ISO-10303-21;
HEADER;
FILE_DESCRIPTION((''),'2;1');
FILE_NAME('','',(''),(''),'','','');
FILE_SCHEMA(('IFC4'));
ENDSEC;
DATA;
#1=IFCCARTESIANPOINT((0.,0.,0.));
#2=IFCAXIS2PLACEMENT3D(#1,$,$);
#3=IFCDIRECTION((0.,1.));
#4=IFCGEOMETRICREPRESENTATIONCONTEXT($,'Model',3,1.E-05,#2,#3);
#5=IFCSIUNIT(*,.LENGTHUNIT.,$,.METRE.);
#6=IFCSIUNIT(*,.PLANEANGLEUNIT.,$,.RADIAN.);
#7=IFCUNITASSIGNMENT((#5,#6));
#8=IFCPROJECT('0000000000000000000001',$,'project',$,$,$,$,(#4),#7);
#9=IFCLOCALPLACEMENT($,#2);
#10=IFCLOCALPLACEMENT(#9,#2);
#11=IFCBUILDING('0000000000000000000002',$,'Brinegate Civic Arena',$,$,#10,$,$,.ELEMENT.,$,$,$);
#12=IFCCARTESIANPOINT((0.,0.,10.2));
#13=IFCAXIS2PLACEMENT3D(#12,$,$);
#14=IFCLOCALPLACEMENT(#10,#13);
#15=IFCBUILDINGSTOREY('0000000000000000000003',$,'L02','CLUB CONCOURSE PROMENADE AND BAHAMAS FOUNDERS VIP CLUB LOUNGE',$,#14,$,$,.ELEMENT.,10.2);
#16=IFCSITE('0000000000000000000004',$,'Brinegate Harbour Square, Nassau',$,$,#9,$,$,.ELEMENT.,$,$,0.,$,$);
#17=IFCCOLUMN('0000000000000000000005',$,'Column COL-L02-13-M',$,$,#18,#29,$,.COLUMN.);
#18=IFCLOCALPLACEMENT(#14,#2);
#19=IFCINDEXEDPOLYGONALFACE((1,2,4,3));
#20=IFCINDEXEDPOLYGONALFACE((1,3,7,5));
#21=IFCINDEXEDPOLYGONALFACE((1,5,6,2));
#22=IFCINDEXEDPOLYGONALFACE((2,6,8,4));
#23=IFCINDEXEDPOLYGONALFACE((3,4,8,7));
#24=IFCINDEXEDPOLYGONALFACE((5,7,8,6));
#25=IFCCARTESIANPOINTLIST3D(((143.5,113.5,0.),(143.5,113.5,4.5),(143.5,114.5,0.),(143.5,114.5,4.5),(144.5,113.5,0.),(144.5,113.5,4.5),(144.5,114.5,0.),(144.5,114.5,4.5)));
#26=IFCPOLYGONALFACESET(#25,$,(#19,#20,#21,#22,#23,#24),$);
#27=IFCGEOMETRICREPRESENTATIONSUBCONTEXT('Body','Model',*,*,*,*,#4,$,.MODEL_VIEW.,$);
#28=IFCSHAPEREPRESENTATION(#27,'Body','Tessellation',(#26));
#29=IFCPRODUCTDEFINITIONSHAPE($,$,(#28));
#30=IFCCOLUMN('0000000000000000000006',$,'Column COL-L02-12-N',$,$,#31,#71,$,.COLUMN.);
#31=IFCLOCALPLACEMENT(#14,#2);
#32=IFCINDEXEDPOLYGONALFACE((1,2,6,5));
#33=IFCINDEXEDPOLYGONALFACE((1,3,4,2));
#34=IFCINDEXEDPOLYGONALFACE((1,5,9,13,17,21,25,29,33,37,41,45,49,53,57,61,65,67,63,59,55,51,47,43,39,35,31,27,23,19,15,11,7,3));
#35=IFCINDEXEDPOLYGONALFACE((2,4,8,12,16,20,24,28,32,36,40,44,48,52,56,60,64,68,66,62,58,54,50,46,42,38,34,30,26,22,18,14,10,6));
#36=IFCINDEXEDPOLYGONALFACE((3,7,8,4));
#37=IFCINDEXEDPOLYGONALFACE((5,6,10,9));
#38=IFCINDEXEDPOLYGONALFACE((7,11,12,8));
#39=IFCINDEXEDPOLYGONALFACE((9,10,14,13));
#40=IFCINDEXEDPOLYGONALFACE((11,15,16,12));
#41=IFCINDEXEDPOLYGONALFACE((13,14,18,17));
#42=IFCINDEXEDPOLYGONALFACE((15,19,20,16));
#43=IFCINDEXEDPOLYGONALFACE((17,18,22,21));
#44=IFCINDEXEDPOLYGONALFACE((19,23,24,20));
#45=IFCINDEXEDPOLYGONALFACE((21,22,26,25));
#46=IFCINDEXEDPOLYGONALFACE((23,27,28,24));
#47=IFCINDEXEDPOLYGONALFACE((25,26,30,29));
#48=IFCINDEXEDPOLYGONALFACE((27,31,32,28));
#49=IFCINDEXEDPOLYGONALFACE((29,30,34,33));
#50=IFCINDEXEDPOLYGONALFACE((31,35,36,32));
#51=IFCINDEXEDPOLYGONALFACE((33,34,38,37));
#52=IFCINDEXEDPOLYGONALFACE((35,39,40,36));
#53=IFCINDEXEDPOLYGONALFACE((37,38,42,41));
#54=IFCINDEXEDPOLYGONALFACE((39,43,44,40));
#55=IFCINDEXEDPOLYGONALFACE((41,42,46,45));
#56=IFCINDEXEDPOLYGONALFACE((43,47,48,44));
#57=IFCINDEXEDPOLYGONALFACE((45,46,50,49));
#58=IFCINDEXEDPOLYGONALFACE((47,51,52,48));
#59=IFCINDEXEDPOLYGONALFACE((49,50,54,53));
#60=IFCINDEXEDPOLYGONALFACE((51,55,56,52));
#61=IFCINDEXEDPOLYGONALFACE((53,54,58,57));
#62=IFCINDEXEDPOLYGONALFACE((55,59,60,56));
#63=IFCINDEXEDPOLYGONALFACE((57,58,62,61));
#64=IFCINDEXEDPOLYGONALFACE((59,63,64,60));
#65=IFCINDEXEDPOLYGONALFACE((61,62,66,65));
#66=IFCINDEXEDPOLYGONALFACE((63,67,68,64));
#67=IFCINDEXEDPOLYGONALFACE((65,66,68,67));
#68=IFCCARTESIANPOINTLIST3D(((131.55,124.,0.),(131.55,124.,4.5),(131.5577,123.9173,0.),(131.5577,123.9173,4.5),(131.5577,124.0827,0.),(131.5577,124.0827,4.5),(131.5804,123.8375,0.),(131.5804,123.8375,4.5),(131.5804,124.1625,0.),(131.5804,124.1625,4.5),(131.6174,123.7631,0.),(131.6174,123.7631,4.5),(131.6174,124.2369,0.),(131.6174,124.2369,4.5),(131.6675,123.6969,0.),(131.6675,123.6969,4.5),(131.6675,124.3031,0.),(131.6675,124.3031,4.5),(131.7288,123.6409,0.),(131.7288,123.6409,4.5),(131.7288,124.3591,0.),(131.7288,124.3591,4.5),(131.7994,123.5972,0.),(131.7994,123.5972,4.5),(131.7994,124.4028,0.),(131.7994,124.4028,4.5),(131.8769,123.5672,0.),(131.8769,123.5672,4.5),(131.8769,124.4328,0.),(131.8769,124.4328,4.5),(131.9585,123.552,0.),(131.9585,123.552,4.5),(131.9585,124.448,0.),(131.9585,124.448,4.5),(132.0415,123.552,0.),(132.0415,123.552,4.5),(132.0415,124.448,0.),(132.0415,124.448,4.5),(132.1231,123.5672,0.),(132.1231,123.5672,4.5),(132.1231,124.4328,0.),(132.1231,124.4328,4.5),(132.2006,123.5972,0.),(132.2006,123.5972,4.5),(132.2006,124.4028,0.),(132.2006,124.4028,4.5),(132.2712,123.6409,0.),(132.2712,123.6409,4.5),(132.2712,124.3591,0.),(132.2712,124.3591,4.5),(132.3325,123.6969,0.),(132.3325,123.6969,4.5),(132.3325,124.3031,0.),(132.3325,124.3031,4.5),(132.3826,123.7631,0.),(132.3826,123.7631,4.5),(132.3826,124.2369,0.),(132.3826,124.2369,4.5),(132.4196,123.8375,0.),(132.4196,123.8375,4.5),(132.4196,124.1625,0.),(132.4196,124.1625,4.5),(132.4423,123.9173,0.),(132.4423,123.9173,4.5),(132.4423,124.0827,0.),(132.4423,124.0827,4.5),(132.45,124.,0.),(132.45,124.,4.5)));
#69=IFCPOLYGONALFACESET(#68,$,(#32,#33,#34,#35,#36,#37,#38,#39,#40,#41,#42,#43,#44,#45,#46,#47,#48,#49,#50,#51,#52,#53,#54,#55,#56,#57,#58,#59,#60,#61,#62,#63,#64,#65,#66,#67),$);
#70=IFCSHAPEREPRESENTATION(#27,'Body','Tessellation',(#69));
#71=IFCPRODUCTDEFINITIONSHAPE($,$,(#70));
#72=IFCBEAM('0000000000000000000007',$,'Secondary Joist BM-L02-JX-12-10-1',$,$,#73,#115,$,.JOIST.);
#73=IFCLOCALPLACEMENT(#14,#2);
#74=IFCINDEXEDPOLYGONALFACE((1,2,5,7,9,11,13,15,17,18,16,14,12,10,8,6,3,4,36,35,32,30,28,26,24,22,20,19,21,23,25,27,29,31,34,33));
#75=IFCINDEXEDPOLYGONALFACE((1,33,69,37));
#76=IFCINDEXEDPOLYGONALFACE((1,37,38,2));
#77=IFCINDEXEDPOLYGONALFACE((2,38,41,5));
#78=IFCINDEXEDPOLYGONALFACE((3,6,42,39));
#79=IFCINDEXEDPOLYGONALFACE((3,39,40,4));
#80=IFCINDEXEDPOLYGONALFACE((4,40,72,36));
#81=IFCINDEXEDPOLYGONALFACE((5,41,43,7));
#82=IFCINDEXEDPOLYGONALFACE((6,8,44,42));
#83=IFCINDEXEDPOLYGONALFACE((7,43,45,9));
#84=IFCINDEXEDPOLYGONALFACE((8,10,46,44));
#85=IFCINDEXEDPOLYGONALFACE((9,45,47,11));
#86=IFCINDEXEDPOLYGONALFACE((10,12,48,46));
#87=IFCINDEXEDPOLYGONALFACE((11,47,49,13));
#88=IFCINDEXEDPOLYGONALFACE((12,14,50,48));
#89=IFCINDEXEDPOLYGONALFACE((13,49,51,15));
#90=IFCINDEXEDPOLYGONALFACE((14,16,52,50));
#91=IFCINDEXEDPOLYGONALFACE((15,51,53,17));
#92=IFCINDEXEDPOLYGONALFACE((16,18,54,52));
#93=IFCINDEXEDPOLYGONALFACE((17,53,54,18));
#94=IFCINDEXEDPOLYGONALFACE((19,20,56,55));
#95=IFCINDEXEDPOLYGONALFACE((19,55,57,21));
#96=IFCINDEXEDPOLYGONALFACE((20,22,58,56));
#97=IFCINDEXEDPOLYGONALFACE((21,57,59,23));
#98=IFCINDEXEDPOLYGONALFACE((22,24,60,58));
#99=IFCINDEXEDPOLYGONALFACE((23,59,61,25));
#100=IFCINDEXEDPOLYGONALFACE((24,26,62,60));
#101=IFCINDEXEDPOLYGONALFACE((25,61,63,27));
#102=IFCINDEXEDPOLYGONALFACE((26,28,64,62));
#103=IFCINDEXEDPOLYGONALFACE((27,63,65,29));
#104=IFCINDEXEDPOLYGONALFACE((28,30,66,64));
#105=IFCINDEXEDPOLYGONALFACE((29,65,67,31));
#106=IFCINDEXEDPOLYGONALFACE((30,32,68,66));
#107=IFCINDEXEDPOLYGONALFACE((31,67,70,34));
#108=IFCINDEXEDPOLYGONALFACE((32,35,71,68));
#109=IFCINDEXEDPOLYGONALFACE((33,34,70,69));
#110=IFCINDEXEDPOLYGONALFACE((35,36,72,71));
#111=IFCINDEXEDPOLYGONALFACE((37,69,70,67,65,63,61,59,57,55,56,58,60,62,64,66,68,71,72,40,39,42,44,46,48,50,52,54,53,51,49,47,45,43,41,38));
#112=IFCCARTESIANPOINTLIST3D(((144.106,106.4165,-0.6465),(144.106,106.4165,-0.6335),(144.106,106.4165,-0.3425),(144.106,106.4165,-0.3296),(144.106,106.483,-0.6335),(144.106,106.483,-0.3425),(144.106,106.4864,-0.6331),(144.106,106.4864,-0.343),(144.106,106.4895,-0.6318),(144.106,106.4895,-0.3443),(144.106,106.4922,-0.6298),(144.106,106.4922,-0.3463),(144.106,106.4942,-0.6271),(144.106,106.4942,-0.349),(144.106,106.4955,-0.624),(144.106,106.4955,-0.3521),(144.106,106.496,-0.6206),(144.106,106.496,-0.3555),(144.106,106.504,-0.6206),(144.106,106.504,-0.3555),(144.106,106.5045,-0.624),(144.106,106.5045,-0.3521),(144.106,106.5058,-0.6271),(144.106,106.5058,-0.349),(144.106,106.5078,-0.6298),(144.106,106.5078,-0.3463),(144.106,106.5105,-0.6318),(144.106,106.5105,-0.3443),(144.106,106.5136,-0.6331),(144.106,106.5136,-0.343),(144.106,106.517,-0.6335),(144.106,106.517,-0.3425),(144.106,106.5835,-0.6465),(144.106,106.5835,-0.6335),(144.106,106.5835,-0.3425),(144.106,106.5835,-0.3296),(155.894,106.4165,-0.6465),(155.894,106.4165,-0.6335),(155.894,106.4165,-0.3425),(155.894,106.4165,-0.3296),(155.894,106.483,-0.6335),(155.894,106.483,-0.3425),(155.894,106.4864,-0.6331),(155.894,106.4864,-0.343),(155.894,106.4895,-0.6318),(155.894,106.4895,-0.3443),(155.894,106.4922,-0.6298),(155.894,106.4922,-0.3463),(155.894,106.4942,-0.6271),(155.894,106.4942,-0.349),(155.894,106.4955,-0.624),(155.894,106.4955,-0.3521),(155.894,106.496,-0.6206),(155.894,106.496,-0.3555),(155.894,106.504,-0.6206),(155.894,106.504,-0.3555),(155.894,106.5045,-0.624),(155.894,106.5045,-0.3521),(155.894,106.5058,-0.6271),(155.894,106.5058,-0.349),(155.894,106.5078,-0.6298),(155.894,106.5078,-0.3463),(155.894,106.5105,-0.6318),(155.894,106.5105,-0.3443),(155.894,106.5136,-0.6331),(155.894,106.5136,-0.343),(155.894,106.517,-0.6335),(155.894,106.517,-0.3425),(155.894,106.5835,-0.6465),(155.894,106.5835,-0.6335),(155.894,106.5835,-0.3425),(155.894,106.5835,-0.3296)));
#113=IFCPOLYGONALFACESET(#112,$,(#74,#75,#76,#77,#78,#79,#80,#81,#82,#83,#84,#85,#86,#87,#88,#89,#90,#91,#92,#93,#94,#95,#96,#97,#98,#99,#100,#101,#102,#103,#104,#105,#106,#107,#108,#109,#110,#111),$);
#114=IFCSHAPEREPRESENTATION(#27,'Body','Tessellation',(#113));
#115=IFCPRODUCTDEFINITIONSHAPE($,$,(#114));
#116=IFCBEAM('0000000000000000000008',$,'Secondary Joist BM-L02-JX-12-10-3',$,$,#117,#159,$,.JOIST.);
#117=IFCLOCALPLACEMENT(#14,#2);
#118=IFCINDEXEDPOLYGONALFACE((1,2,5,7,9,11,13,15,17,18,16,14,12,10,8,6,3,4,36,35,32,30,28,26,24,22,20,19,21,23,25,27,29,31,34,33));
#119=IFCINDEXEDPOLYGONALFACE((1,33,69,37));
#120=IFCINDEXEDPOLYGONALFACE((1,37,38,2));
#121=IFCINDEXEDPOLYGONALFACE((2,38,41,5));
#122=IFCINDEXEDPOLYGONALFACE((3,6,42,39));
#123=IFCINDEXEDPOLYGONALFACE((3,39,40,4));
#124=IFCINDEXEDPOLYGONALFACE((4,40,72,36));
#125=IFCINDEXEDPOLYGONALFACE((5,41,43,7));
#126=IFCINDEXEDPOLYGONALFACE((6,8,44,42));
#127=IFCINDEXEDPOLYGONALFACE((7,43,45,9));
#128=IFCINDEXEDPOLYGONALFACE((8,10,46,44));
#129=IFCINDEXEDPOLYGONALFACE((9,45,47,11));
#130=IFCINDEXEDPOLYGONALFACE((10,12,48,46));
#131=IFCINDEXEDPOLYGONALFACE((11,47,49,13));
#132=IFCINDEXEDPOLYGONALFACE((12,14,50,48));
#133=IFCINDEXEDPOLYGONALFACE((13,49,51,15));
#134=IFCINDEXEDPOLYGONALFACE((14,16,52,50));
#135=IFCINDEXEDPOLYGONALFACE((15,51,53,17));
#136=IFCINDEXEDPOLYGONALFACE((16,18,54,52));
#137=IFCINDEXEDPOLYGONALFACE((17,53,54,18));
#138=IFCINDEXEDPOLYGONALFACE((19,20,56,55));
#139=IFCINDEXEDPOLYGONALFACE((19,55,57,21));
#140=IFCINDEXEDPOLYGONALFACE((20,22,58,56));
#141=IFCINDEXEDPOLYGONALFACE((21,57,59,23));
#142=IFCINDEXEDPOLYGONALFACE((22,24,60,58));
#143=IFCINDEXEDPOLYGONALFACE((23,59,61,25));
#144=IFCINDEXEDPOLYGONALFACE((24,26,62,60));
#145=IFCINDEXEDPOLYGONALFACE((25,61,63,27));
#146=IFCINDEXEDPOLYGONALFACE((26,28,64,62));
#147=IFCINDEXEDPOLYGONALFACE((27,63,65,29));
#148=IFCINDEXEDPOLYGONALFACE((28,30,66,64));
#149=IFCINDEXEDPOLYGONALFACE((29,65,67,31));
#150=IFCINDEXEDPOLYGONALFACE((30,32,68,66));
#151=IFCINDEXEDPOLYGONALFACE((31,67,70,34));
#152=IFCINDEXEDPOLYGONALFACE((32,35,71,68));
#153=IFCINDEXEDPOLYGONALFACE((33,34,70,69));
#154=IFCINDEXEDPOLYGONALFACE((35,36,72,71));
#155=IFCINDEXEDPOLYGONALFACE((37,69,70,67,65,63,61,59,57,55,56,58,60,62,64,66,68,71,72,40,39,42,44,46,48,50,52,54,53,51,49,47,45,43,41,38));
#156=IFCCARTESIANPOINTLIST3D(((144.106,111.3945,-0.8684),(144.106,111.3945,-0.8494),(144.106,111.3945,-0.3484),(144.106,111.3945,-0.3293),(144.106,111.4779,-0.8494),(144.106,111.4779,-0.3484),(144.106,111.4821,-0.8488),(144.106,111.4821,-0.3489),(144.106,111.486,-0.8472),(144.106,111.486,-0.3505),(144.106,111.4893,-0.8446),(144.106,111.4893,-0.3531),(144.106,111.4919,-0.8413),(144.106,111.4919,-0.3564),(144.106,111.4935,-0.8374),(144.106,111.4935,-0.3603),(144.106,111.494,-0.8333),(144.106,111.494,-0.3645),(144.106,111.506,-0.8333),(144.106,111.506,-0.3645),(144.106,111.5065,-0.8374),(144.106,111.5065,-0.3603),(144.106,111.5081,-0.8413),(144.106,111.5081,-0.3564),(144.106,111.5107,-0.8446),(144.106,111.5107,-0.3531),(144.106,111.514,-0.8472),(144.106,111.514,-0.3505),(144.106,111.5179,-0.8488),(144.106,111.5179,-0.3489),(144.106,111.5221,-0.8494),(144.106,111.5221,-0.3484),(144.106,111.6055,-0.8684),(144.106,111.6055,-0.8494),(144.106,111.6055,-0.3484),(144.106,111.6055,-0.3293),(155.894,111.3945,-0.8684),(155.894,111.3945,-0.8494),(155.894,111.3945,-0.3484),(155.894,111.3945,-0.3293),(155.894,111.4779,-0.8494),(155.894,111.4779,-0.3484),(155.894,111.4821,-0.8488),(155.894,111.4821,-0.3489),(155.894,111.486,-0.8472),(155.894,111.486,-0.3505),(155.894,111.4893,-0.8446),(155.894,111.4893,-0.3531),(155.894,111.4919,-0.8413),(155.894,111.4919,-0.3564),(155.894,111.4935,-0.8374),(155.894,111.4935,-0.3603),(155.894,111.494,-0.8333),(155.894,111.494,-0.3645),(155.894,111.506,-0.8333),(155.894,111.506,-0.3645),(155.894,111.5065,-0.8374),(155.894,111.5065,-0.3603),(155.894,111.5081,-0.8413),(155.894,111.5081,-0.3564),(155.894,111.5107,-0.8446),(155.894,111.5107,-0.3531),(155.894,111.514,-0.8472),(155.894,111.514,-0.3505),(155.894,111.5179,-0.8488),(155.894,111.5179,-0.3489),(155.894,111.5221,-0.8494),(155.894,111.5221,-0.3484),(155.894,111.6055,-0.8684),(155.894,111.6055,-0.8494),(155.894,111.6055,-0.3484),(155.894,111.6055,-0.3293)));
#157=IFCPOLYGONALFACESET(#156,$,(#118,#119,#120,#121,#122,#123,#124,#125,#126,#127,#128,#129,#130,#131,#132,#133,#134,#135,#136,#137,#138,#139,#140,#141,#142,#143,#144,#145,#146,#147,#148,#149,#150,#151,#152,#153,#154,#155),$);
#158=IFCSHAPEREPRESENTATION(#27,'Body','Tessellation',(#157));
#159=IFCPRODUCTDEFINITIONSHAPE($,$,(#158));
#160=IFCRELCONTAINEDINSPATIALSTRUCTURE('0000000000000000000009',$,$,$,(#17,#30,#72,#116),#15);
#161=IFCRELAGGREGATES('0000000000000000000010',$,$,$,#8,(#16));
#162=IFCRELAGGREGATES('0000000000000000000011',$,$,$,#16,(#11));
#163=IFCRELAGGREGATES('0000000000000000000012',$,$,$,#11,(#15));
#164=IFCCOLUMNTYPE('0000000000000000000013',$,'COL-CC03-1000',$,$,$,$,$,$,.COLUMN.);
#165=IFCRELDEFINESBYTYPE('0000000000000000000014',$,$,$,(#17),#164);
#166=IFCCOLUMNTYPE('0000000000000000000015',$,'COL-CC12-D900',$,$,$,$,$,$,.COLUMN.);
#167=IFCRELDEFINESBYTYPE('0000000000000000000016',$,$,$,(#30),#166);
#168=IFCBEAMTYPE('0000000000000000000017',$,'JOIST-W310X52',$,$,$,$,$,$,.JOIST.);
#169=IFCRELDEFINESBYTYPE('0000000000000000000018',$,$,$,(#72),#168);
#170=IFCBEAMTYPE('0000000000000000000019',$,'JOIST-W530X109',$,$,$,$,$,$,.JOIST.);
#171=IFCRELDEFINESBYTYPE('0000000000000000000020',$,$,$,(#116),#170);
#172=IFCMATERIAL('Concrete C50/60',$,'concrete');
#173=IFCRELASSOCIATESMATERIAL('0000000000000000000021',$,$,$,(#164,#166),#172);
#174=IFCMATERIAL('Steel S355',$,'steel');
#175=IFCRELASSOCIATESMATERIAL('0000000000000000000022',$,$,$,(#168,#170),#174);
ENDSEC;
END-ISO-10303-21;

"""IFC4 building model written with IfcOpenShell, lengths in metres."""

from ifc_helpers import new_model, si_unit, direction, frame, origin, origin_2d, place, context, subcontext, project, spatial, rectangle, circle, i_section, extrude, material, material_profile, profile_set, type_object, element, save


model = new_model("IFC4")

# Units and contexts
model_context = context("Model", 3, precision=1e-05, world=origin(), true_north=direction((0.0, 1.0)))
body_context = subcontext(model_context, "Body", "Model", "MODEL_VIEW")
ifc_project = project(units=[si_unit("LENGTHUNIT", "METRE"), si_unit("PLANEANGLEUNIT", "RADIAN")], contexts=[model_context])

# Site, building, storey
site_placement = place(None, origin())
site = spatial("IfcSite", under=ifc_project, at=site_placement, Name="Brinegate Harbour Square, Nassau", CompositionType="ELEMENT", RefElevation=0.0)
building_placement = place(site_placement, origin())
building = spatial("IfcBuilding", under=site, at=building_placement, Name="Brinegate Civic Arena", CompositionType="ELEMENT")
storey_placement = place(building_placement, frame((0.0, 0.0, 10.2)))
storey = spatial("IfcBuildingStorey", under=building, at=storey_placement, Name="L02", Description="CLUB CONCOURSE PROMENADE AND BAHAMAS FOUNDERS VIP CLUB LOUNGE", CompositionType="ELEMENT", Elevation=10.2)

# Columns
ifc_material_1 = material(Name="Concrete C50/60", Category="concrete")
ifc_material_profile_1 = material_profile(ifc_material_1, rectangle(XDim=1.0, YDim=1.0, at=origin_2d()), Name="RC1000X1000")
ifc_profile_set_1 = profile_set([ifc_material_profile_1], Name="Concrete C50/60")
column_type_1 = type_object("IfcColumnType", Name="COL-CC03-1000", PredefinedType="COLUMN", material=ifc_profile_set_1)
column_1_placement = place(storey_placement, frame((144.0, 114.0, 0.0), z_axis=(0.0, 0.0, 1.0), x_axis=(1.0, 0.0, 0.0)))
element("IfcColumn", 1, at=column_1_placement, inside=storey, type_object=column_type_1, Name="Column COL-L02-13-M", PredefinedType="COLUMN", context=body_context, shape_type="SweptSolid", body=[
    extrude(rectangle(XDim=1.0, YDim=1.0, at=origin_2d()), origin(), (0.0, 0.0, 1.0), 4.5),
])
ifc_material_profile_2 = material_profile(ifc_material_1, circle(Radius=0.45, at=origin_2d()), Name="RCD900")
ifc_profile_set_2 = profile_set([ifc_material_profile_2], Name="Concrete C50/60")
column_type_2 = type_object("IfcColumnType", Name="COL-CC12-D900", PredefinedType="COLUMN", material=ifc_profile_set_2)
column_2_placement = place(storey_placement, frame((132.0, 124.0, 0.0), z_axis=(0.0, 0.0, 1.0), x_axis=(1.0, 0.0, 0.0)))
element("IfcColumn", 2, at=column_2_placement, inside=storey, type_object=column_type_2, Name="Column COL-L02-12-N", PredefinedType="COLUMN", context=body_context, shape_type="SweptSolid", body=[
    extrude(circle(Radius=0.45, at=origin_2d()), origin(), (0.0, 0.0, 1.0), 4.5),
])

# Beams
ifc_material_2 = material(Name="Steel S355", Category="steel")
ifc_material_profile_3 = material_profile(ifc_material_2, i_section(OverallWidth=0.167, OverallDepth=0.3169, WebThickness=0.0081, FlangeThickness=0.0129, FilletRadius=0.0129, at=origin_2d()), Name="W310X52")
ifc_profile_set_3 = profile_set([ifc_material_profile_3], Name="Steel S355")
beam_type_1 = type_object("IfcBeamType", Name="JOIST-W310X52", PredefinedType="JOIST", material=ifc_profile_set_3)
beam_1_placement = place(storey_placement, frame((144.106, 106.5, -0.488), z_axis=(1.0, 0.0, 0.0), x_axis=(0.0, 1.0, 0.0)))
element("IfcBeam", 3, at=beam_1_placement, inside=storey, type_object=beam_type_1, Name="Secondary Joist BM-L02-JX-12-10-1", PredefinedType="JOIST", context=body_context, shape_type="SweptSolid", body=[
    extrude(i_section(OverallWidth=0.167, OverallDepth=0.3169, WebThickness=0.0081, FlangeThickness=0.0129, FilletRadius=0.0129, at=origin_2d()), origin(), (0.0, 0.0, 1.0), 11.7881),
])
ifc_material_profile_4 = material_profile(ifc_material_2, i_section(OverallWidth=0.2109, OverallDepth=0.5391, WebThickness=0.012, FlangeThickness=0.019, FilletRadius=0.0161, at=origin_2d()), Name="W530X109")
ifc_profile_set_4 = profile_set([ifc_material_profile_4], Name="Steel S355")
beam_type_2 = type_object("IfcBeamType", Name="JOIST-W530X109", PredefinedType="JOIST", material=ifc_profile_set_4)
beam_2_placement = place(storey_placement, frame((144.106, 111.5, -0.5989), z_axis=(1.0, 0.0, 0.0), x_axis=(0.0, 1.0, 0.0)))
element("IfcBeam", 4, at=beam_2_placement, inside=storey, type_object=beam_type_2, Name="Secondary Joist BM-L02-JX-12-10-3", PredefinedType="JOIST", context=body_context, shape_type="SweptSolid", body=[
    extrude(i_section(OverallWidth=0.2109, OverallDepth=0.5391, WebThickness=0.012, FlangeThickness=0.019, FilletRadius=0.0161, at=origin_2d()), origin(), (0.0, 0.0, 1.0), 11.7881),
])

save(model, "model.ifc")
